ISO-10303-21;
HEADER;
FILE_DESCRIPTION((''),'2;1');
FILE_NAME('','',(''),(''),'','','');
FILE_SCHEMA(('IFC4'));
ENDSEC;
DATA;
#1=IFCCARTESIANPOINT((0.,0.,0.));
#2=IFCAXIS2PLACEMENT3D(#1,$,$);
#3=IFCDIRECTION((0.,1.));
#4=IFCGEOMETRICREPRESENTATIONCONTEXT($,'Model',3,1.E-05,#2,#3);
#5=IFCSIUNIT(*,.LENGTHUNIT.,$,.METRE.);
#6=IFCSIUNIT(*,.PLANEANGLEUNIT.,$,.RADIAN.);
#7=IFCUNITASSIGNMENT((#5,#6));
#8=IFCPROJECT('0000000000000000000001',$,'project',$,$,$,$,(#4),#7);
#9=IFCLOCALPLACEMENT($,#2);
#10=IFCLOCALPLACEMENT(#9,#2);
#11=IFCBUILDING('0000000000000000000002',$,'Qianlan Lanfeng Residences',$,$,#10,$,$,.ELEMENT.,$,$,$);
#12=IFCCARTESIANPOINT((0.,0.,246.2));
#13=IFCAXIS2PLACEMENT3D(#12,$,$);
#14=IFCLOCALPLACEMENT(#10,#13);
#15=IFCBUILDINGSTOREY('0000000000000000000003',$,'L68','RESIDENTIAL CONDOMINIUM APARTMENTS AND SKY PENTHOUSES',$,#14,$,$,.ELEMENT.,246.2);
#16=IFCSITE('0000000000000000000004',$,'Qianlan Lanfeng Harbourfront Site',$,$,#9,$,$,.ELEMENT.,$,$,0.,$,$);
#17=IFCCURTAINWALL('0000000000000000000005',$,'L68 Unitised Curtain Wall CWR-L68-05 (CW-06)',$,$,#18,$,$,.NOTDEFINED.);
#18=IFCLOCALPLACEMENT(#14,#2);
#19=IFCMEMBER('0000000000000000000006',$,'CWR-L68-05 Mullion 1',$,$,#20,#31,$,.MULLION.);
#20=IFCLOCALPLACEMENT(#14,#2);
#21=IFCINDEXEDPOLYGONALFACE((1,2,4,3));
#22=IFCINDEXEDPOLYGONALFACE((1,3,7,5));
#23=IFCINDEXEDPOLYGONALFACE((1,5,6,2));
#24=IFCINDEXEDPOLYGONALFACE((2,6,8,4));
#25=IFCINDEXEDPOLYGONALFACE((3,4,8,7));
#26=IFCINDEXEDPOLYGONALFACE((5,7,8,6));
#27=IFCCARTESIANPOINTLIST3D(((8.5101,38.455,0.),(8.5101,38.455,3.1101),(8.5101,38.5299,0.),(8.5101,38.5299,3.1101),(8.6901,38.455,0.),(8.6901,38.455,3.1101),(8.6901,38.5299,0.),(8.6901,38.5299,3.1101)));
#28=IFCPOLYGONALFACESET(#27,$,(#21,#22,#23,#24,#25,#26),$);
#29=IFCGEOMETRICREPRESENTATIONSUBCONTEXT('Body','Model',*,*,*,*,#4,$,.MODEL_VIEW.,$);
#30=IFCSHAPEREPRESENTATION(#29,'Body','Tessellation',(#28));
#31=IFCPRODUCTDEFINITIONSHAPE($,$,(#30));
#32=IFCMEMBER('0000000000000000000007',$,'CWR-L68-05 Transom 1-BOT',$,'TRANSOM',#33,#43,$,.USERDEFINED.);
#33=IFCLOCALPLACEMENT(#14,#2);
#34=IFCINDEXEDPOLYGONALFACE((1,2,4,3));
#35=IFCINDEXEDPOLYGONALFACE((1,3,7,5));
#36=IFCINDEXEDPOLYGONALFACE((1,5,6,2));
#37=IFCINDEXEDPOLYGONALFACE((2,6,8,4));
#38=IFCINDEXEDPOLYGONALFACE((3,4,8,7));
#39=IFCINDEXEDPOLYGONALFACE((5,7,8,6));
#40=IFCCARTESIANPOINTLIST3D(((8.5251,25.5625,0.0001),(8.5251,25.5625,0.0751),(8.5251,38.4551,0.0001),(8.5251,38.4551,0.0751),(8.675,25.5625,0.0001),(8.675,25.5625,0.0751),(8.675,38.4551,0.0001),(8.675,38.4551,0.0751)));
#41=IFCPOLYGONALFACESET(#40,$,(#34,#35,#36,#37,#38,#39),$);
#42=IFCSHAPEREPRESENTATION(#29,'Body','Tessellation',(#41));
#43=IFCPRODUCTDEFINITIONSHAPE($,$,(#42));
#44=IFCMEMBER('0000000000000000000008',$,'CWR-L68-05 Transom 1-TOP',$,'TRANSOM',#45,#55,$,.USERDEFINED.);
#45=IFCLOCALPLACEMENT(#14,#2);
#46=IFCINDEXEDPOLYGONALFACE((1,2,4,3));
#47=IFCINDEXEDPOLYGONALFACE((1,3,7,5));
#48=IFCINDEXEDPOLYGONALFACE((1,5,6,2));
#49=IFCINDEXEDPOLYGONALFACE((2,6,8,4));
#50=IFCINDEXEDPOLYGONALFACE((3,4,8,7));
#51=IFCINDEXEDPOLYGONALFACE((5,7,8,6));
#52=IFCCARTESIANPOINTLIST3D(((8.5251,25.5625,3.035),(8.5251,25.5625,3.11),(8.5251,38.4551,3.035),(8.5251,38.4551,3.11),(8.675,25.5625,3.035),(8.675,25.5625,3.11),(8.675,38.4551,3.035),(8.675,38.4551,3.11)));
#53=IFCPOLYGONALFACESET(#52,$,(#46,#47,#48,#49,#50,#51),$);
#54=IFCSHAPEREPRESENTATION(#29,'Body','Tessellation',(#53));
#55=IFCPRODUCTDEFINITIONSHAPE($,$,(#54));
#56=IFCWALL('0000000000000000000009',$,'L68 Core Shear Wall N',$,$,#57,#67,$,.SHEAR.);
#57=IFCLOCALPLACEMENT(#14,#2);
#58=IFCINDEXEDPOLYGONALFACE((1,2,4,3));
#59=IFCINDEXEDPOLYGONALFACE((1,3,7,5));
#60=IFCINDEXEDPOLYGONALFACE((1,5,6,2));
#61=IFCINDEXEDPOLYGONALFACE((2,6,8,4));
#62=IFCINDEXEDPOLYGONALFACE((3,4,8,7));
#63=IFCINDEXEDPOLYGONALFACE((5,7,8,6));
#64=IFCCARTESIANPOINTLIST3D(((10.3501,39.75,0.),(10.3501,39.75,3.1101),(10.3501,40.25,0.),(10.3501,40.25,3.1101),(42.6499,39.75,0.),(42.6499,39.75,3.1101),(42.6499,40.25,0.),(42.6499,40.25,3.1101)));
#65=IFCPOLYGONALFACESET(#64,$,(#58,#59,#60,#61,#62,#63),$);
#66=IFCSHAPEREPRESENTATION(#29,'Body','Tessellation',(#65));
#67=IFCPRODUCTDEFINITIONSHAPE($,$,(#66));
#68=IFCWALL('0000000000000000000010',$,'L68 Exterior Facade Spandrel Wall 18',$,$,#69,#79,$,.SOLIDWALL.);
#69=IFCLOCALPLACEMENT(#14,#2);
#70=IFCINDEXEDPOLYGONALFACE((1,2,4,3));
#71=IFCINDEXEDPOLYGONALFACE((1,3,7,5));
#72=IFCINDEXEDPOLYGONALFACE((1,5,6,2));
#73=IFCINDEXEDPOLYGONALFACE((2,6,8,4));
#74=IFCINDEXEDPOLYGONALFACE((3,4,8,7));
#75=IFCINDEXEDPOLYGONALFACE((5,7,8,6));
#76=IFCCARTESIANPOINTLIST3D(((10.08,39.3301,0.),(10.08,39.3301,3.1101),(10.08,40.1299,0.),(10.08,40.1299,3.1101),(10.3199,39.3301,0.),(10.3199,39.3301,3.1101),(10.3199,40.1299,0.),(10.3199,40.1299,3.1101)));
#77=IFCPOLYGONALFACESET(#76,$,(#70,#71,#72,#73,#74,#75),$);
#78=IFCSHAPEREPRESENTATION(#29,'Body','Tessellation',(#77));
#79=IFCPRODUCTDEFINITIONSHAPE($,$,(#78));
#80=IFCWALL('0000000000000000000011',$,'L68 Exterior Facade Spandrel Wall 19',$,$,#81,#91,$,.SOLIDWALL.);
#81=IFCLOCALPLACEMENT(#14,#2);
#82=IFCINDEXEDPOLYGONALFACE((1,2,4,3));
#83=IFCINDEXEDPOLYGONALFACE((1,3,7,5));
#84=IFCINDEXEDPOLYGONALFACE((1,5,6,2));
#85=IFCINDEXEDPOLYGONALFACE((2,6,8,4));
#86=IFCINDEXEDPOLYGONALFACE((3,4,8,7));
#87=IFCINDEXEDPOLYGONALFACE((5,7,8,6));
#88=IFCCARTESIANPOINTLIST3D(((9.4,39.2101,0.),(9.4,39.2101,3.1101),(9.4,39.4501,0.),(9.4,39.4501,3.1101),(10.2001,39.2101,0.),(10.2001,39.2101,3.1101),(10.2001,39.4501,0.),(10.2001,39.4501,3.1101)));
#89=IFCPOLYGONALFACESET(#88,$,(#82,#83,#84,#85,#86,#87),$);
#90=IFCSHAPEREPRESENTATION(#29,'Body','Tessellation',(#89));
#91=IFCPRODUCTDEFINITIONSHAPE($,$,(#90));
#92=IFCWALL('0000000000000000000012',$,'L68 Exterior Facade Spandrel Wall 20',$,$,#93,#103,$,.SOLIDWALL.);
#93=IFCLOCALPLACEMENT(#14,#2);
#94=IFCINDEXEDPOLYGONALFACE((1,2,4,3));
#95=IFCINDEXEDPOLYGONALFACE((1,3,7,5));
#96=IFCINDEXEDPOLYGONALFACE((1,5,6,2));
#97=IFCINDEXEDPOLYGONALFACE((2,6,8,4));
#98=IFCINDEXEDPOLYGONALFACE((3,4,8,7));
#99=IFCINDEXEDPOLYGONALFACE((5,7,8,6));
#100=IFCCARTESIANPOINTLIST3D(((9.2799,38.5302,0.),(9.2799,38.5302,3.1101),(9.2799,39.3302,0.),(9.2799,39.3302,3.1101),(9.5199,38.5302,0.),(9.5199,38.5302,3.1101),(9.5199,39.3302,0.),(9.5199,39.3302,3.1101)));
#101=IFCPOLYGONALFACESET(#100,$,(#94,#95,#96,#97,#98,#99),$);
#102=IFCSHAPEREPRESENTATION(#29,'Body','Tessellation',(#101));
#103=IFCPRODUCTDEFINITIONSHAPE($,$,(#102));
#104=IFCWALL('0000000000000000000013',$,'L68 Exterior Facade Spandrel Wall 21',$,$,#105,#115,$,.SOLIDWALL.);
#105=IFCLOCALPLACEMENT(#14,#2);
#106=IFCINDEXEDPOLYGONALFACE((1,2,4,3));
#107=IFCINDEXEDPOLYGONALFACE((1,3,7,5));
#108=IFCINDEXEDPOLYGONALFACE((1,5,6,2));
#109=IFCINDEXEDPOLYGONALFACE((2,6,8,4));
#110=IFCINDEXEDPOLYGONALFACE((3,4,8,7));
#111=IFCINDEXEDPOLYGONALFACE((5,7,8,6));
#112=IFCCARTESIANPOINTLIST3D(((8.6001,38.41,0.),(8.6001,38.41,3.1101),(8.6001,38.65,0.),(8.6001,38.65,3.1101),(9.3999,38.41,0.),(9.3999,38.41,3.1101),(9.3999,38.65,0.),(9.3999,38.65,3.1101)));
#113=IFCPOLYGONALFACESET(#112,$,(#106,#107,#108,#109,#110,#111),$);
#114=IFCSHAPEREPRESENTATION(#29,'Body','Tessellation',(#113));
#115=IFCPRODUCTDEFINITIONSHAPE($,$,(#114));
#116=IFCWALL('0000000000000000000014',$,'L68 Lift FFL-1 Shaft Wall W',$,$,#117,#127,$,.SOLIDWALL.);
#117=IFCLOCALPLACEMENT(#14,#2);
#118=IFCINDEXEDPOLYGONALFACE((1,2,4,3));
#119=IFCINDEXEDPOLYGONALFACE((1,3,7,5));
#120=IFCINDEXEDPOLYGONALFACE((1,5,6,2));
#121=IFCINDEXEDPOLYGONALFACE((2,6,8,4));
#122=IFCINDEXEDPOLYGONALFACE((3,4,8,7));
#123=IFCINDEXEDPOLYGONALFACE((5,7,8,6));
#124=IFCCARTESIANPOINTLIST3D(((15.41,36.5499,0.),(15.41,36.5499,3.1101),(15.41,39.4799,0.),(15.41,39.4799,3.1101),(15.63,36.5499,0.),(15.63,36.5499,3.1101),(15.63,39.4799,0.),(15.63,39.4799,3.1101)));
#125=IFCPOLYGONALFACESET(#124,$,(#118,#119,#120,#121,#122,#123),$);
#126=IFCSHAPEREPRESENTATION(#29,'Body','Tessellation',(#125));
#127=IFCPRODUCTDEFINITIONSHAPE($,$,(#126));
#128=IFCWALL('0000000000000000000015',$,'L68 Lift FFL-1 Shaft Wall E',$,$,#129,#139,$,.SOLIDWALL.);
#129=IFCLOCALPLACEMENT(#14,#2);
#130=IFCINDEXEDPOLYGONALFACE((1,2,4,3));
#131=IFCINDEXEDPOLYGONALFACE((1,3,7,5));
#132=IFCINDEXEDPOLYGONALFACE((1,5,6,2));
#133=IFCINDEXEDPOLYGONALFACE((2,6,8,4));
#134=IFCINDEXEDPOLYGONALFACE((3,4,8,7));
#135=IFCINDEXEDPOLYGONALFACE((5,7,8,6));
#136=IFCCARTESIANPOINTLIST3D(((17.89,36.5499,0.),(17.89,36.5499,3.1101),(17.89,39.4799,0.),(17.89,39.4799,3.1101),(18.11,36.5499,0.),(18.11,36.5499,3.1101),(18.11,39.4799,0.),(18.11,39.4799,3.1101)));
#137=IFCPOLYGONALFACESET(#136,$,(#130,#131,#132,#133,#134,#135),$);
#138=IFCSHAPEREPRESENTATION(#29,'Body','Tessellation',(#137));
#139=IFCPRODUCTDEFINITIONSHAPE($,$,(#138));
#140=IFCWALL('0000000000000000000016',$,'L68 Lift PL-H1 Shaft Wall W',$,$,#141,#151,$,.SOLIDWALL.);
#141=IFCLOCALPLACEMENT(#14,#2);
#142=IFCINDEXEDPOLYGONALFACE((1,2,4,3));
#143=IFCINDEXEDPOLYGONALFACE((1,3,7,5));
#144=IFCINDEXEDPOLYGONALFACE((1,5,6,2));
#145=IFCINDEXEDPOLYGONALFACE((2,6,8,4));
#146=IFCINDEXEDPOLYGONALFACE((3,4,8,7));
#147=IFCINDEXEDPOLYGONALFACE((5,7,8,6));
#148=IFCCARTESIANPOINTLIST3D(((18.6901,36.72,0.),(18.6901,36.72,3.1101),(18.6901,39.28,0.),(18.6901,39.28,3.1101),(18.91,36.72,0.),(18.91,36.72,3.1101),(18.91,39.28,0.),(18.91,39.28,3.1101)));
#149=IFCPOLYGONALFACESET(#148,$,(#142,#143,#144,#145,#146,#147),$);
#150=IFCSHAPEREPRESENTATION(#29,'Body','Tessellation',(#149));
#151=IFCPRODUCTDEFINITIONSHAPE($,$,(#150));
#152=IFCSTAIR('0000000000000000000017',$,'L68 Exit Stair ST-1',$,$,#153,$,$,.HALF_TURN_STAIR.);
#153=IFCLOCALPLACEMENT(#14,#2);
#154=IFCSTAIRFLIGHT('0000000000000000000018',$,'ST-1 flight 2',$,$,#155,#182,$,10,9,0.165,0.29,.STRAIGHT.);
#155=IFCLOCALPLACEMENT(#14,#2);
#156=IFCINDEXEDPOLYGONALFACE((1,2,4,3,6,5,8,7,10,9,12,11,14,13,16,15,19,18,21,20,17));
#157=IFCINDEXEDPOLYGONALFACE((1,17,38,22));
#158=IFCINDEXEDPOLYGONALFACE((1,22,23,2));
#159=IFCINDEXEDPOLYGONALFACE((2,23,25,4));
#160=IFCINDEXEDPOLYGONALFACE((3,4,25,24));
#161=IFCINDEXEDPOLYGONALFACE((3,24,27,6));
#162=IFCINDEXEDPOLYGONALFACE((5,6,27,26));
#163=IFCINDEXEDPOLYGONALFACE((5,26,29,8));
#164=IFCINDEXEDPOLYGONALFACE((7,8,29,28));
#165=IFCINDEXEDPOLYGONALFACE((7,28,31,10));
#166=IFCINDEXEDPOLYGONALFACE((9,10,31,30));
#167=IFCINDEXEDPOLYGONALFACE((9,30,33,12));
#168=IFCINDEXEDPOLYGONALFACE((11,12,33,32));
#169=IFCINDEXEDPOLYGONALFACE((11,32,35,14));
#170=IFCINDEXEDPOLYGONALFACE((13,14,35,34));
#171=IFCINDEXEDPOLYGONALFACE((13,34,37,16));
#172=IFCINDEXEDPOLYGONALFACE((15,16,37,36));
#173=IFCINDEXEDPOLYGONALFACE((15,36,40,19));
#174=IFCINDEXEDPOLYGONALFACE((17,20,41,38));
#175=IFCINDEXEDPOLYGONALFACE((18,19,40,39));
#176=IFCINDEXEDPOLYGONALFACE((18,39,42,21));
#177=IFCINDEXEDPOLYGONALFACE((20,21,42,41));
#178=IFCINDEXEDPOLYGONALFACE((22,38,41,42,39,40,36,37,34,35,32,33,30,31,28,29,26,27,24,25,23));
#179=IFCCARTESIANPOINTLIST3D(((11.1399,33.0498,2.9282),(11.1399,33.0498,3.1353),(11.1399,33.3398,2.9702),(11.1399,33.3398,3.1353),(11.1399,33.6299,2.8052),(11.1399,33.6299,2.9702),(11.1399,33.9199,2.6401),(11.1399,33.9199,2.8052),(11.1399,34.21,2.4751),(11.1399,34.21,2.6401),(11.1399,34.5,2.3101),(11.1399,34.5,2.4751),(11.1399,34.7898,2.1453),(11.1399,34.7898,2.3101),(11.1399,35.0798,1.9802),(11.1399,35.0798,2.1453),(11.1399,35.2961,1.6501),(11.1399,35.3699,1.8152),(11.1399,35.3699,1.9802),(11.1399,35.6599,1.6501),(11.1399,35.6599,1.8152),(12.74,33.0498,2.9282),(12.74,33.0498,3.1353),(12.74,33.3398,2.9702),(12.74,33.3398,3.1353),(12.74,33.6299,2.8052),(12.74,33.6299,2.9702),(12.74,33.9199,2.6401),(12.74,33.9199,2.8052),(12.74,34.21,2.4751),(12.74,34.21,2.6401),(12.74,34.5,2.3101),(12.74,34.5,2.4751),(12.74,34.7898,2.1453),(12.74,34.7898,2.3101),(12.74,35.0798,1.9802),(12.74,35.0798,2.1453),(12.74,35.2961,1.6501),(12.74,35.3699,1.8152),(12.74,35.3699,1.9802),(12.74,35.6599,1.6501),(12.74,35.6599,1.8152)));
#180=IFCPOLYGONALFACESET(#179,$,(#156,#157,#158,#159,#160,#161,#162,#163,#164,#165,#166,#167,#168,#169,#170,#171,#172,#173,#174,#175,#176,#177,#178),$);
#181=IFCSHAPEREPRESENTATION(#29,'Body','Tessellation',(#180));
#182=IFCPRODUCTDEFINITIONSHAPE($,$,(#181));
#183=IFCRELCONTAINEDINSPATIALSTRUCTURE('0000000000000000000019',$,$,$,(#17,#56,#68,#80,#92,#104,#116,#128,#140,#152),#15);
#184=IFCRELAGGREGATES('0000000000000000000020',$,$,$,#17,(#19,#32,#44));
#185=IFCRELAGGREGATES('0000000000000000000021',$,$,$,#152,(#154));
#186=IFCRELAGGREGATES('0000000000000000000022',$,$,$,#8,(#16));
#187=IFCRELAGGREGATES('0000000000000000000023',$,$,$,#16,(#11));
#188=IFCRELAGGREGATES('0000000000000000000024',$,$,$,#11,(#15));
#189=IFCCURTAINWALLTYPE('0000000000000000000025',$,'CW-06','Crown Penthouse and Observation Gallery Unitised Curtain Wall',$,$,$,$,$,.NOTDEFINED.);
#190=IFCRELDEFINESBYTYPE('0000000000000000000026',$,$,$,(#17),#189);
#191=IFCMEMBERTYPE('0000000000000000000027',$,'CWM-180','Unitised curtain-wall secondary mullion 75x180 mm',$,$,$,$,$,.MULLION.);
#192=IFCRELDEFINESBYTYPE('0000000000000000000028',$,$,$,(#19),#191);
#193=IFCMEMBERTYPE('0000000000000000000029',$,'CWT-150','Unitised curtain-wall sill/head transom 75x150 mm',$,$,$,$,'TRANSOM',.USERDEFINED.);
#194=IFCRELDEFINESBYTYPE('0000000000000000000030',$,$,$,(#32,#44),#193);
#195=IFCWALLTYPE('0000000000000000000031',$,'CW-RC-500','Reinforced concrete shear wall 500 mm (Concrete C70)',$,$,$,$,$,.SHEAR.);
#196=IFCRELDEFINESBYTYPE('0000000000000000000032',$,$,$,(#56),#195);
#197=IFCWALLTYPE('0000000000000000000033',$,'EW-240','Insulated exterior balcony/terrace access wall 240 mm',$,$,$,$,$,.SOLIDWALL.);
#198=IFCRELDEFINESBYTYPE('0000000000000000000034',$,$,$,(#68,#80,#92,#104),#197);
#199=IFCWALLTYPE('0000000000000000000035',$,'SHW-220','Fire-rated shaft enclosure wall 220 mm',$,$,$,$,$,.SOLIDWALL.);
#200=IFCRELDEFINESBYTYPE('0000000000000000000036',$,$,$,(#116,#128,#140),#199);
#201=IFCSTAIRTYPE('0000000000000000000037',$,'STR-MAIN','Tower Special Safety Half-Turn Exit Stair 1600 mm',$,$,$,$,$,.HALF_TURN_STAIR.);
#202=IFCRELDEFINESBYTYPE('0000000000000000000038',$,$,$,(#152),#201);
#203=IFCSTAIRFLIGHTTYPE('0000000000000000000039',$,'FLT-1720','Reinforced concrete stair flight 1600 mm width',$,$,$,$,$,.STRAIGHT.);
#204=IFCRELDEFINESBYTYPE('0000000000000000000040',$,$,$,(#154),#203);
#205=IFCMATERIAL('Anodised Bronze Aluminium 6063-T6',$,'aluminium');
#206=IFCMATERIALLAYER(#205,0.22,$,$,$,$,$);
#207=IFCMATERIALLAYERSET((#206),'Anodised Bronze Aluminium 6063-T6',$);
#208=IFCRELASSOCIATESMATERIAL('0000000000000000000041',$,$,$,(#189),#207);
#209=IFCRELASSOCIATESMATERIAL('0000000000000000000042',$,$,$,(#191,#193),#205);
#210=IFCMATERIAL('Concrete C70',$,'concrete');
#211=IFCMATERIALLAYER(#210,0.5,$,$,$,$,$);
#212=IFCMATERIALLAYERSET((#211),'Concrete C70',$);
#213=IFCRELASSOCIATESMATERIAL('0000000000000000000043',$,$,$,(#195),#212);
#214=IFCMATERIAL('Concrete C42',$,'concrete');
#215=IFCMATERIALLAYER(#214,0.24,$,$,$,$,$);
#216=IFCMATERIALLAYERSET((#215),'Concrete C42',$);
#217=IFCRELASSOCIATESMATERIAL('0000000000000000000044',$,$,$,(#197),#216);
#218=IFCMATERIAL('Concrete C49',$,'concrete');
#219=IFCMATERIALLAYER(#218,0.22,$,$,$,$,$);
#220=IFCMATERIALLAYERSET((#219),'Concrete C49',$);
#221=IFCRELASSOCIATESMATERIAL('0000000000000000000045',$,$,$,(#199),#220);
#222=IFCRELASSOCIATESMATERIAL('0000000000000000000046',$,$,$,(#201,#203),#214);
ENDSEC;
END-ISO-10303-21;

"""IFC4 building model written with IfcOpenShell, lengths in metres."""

from ifc_helpers import new_model, si_unit, direction, frame, frame_2d, origin, origin_2d, place, context, subcontext, project, spatial, polyline, rectangle, outline, extrude, source, transform, mapped, material, layer, layer_set, material_profile, profile_set, type_object, element, aggregate, save


model = new_model("IFC4")

# Units and contexts
model_context = context("Model", 3, precision=1e-05, world=origin(), true_north=direction((0.0, 1.0)))
body_context = subcontext(model_context, "Body", "Model", "MODEL_VIEW")
ifc_project = project(units=[si_unit("LENGTHUNIT", "METRE"), si_unit("PLANEANGLEUNIT", "RADIAN")], contexts=[model_context])

# Site, building, storey
site_placement = place(None, origin())
site = spatial("IfcSite", under=ifc_project, at=site_placement, Name="Qianlan Lanfeng Harbourfront Site", CompositionType="ELEMENT", RefElevation=0.0)
building_placement = place(site_placement, origin())
building = spatial("IfcBuilding", under=site, at=building_placement, Name="Qianlan Lanfeng Residences", CompositionType="ELEMENT")
storey_placement = place(building_placement, frame((0.0, 0.0, 246.2)))
storey = spatial("IfcBuildingStorey", under=building, at=storey_placement, Name="L68", Description="RESIDENTIAL CONDOMINIUM APARTMENTS AND SKY PENTHOUSES", CompositionType="ELEMENT", Elevation=246.2)

# Curtain wall, members
ifc_material_1 = material(Name="Anodised Bronze Aluminium 6063-T6", Category="aluminium")
ifc_layer_1 = layer(ifc_material_1, 0.22)
ifc_layer_set_1 = layer_set([ifc_layer_1], Name="Anodised Bronze Aluminium 6063-T6")
curtain_wall_type = type_object("IfcCurtainWallType", Name="CW-06", Description="Crown Penthouse and Observation Gallery Unitised Curtain Wall", PredefinedType="NOTDEFINED", material=ifc_layer_set_1)
curtain_wall_placement = place(storey_placement, origin())
curtain_wall = element("IfcCurtainWall", 1, at=curtain_wall_placement, inside=storey, type_object=curtain_wall_type, Name="L68 Unitised Curtain Wall CWR-L68-05 (CW-06)", PredefinedType="NOTDEFINED")
ifc_material_profile_1 = material_profile(ifc_material_1, rectangle(XDim=0.075, YDim=0.1799, at=origin_2d()), Name="ALU MULLION 75x180")
ifc_profile_set_1 = profile_set([ifc_material_profile_1], Name="Anodised Bronze Aluminium 6063-T6")
member_type_1 = type_object("IfcMemberType", Name="CWM-180", Description="Unitised curtain-wall secondary mullion 75x180 mm", PredefinedType="MULLION", material=ifc_profile_set_1)
shared_shape_1 = source(origin(), body_context, "Body", "SweptSolid", [
    extrude(rectangle(XDim=0.075, YDim=0.1799, at=origin_2d()), origin(), (0.0, 0.0, 1.0), 3.1101),
])
member_1_placement = place(storey_placement, frame((8.6001, 38.4924, 0.0), z_axis=(0.0, 0.0, 1.0), x_axis=(0.0, -1.0, 0.0)))
member_1 = element("IfcMember", 2, at=member_1_placement, type_object=member_type_1, Name="CWR-L68-05 Mullion 1", PredefinedType="MULLION", context=body_context, shape_type="MappedRepresentation", body=[
    mapped(shared_shape_1, transform((0.0, 0.0, 0.0), scale=1.0)),
])
ifc_material_profile_2 = material_profile(ifc_material_1, rectangle(XDim=0.075, YDim=0.1499, at=origin_2d()), Name="ALU TRANSOM 75x150")
ifc_profile_set_2 = profile_set([ifc_material_profile_2], Name="Anodised Bronze Aluminium 6063-T6")
member_type_2 = type_object("IfcMemberType", Name="CWT-150", Description="Unitised curtain-wall sill/head transom 75x150 mm", ElementType="TRANSOM", PredefinedType="USERDEFINED", material=ifc_profile_set_2)
shared_shape_2 = source(origin(), body_context, "Body", "SweptSolid", [
    extrude(rectangle(XDim=0.075, YDim=0.1499, at=origin_2d()), origin(), (0.0, 0.0, 1.0), 12.8926),
])
member_2_placement = place(storey_placement, frame((8.6001, 38.4551, 0.0376), z_axis=(0.0, -1.0, 0.0), x_axis=(0.0, 0.0, 1.0)))
member_2 = element("IfcMember", 3, at=member_2_placement, type_object=member_type_2, Name="CWR-L68-05 Transom 1-BOT", ObjectType="TRANSOM", PredefinedType="USERDEFINED", context=body_context, shape_type="MappedRepresentation", body=[
    mapped(shared_shape_2, transform((0.0, 0.0, 0.0), scale=1.0)),
])
member_3_placement = place(storey_placement, frame((8.6001, 38.4551, 3.0725), z_axis=(0.0, -1.0, 0.0), x_axis=(0.0, 0.0, 1.0)))
member_3 = element("IfcMember", 4, at=member_3_placement, type_object=member_type_2, Name="CWR-L68-05 Transom 1-TOP", ObjectType="TRANSOM", PredefinedType="USERDEFINED", context=body_context, shape_type="MappedRepresentation", body=[
    mapped(shared_shape_2, transform((0.0, 0.0, 0.0), scale=1.0)),
])
aggregate(curtain_wall, [member_1, member_2, member_3])

# Shared definitions
ifc_material_2 = material(Name="Concrete C49", Category="concrete")

# Walls
ifc_material_3 = material(Name="Concrete C70", Category="concrete")
ifc_layer_2 = layer(ifc_material_3, 0.5)
ifc_layer_set_2 = layer_set([ifc_layer_2], Name="Concrete C70")
wall_type_1 = type_object("IfcWallType", Name="CW-RC-500", Description="Reinforced concrete shear wall 500 mm (Concrete C70)", PredefinedType="SHEAR", material=ifc_layer_set_2)
wall_1_placement = place(storey_placement, frame((10.3501, 40.0, 0.0), z_axis=(0.0, 0.0, 1.0), x_axis=(1.0, 0.0, 0.0)))
element("IfcWall", 5, at=wall_1_placement, inside=storey, type_object=wall_type_1, Name="L68 Core Shear Wall N", PredefinedType="SHEAR", context=body_context, shape_type="SweptSolid", body=[
    extrude(rectangle(XDim=32.2998, YDim=0.5, at=frame_2d((16.1499, 0.0))), origin(), (0.0, 0.0, 1.0), 3.1101),
])
ifc_material_4 = material(Name="Concrete C42", Category="concrete")
ifc_layer_3 = layer(ifc_material_4, 0.24)
ifc_layer_set_3 = layer_set([ifc_layer_3], Name="Concrete C42")
wall_type_2 = type_object("IfcWallType", Name="EW-240", Description="Insulated exterior balcony/terrace access wall 240 mm", PredefinedType="SOLIDWALL", material=ifc_layer_set_3)
wall_2_placement = place(storey_placement, frame((10.2, 40.1299, 0.0), z_axis=(0.0, 0.0, 1.0), x_axis=(0.0, -1.0, 0.0)))
element("IfcWall", 6, at=wall_2_placement, inside=storey, type_object=wall_type_2, Name="L68 Exterior Facade Spandrel Wall 18", PredefinedType="SOLIDWALL", context=body_context, shape_type="SweptSolid", body=[
    extrude(rectangle(XDim=0.7998, YDim=0.24, at=frame_2d((0.3999, 0.0))), origin(), (0.0, 0.0, 1.0), 3.1101),
])
for number, where, z_axis, x_axis, name in (
    (7, (10.2, 39.3301, 0.0), (0.0, 0.0, 1.0), (-1.0, 0.0, 0.0), "L68 Exterior Facade Spandrel Wall 19"),
    (8, (9.3999, 39.3301, 0.0), (0.0, 0.0, 1.0), (0.0, -1.0, 0.0), "L68 Exterior Facade Spandrel Wall 20"),
):
    element("IfcWall", number, at=place(storey_placement, frame(where, z_axis=z_axis, x_axis=x_axis)), inside=storey, type_object=wall_type_2, Name=name, PredefinedType="SOLIDWALL", context=body_context, shape_type="SweptSolid", body=[
        extrude(rectangle(XDim=0.8, YDim=0.24, at=frame_2d((0.3999, 0.0))), origin(), (0.0, 0.0, 1.0), 3.1101),
    ])
wall_3_placement = place(storey_placement, frame((9.3999, 38.53, 0.0), z_axis=(0.0, 0.0, 1.0), x_axis=(-1.0, 0.0, 0.0)))
element("IfcWall", 9, at=wall_3_placement, inside=storey, type_object=wall_type_2, Name="L68 Exterior Facade Spandrel Wall 21", PredefinedType="SOLIDWALL", context=body_context, shape_type="SweptSolid", body=[
    extrude(rectangle(XDim=0.7998, YDim=0.24, at=frame_2d((0.3999, 0.0))), origin(), (0.0, 0.0, 1.0), 3.1101),
])
ifc_layer_4 = layer(ifc_material_2, 0.22)
ifc_layer_set_4 = layer_set([ifc_layer_4], Name="Concrete C49")
wall_type_3 = type_object("IfcWallType", Name="SHW-220", Description="Fire-rated shaft enclosure wall 220 mm", PredefinedType="SOLIDWALL", material=ifc_layer_set_4)
for number, where, z_axis, x_axis, name in (
    (10, (15.52, 36.55, 0.0), (0.0, 0.0, 1.0), (0.0, 1.0, 0.0), "L68 Lift FFL-1 Shaft Wall W"),
    (11, (18.0, 36.55, 0.0), (0.0, 0.0, 1.0), (0.0, 1.0, 0.0), "L68 Lift FFL-1 Shaft Wall E"),
):
    element("IfcWall", number, at=place(storey_placement, frame(where, z_axis=z_axis, x_axis=x_axis)), inside=storey, type_object=wall_type_3, Name=name, PredefinedType="SOLIDWALL", context=body_context, shape_type="SweptSolid", body=[
        extrude(rectangle(XDim=2.9299, YDim=0.22, at=frame_2d((1.4648, 0.0))), origin(), (0.0, 0.0, 1.0), 3.1101),
    ])
wall_4_placement = place(storey_placement, frame((18.8, 36.72, 0.0), z_axis=(0.0, 0.0, 1.0), x_axis=(0.0, 1.0, 0.0)))
element("IfcWall", 12, at=wall_4_placement, inside=storey, type_object=wall_type_3, Name="L68 Lift PL-H1 Shaft Wall W", PredefinedType="SOLIDWALL", context=body_context, shape_type="SweptSolid", body=[
    extrude(rectangle(XDim=2.5601, YDim=0.22, at=frame_2d((1.28, 0.0))), origin(), (0.0, 0.0, 1.0), 3.1101),
])

# Stair, stair flight
stair_type = type_object("IfcStairType", Name="STR-MAIN", Description="Tower Special Safety Half-Turn Exit Stair 1600 mm", PredefinedType="HALF_TURN_STAIR", material=ifc_material_4)
stair_placement = place(storey_placement, origin())
stair = element("IfcStair", 13, at=stair_placement, inside=storey, type_object=stair_type, Name="L68 Exit Stair ST-1", PredefinedType="HALF_TURN_STAIR")
stair_flight_type = type_object("IfcStairFlightType", Name="FLT-1720", Description="Reinforced concrete stair flight 1600 mm width", PredefinedType="STRAIGHT", material=ifc_material_4)
stair_flight_placement = place(storey_placement, frame((11.9399, 35.6599, 1.6501), z_axis=(0.0, 0.0, 1.0), x_axis=(0.0, -1.0, 0.0)))
stair_flight = element("IfcStairFlight", 14, at=stair_flight_placement, type_object=stair_flight_type, Name="ST-1 flight 2", NumberOfRisers=10, NumberOfTreads=9, PredefinedType="STRAIGHT", RiserHeight=0.165, TreadLength=0.29, context=body_context, shape_type="SweptSolid", body=[
    extrude(outline(polyline([(0.0, 0.0), (0.0, 0.165), (0.29, 0.165), (0.29, 0.3301), (0.5801, 0.3301), (0.5801, 0.4951), (0.8701, 0.4951), (0.8701, 0.6599), (1.1599, 0.6599), (1.1599, 0.825), (1.45, 0.825), (1.45, 0.99), (1.74, 0.99), (1.74, 1.155), (2.03, 1.155), (2.03, 1.3201), (2.3201, 1.3201), (2.3201, 1.4851), (2.6101, 1.4851), (2.6101, 1.6499), (2.6101, 1.2781), (0.3638, 0.0), (0.0, 0.0)])), frame((0.0, 0.8, 0.0), z_axis=(0.0, -1.0, 0.0), x_axis=(1.0, 0.0, 0.0)), (0.0, 0.0, 1.0), 1.6001),
])
aggregate(stair, [stair_flight])

save(model, "model.ifc")
